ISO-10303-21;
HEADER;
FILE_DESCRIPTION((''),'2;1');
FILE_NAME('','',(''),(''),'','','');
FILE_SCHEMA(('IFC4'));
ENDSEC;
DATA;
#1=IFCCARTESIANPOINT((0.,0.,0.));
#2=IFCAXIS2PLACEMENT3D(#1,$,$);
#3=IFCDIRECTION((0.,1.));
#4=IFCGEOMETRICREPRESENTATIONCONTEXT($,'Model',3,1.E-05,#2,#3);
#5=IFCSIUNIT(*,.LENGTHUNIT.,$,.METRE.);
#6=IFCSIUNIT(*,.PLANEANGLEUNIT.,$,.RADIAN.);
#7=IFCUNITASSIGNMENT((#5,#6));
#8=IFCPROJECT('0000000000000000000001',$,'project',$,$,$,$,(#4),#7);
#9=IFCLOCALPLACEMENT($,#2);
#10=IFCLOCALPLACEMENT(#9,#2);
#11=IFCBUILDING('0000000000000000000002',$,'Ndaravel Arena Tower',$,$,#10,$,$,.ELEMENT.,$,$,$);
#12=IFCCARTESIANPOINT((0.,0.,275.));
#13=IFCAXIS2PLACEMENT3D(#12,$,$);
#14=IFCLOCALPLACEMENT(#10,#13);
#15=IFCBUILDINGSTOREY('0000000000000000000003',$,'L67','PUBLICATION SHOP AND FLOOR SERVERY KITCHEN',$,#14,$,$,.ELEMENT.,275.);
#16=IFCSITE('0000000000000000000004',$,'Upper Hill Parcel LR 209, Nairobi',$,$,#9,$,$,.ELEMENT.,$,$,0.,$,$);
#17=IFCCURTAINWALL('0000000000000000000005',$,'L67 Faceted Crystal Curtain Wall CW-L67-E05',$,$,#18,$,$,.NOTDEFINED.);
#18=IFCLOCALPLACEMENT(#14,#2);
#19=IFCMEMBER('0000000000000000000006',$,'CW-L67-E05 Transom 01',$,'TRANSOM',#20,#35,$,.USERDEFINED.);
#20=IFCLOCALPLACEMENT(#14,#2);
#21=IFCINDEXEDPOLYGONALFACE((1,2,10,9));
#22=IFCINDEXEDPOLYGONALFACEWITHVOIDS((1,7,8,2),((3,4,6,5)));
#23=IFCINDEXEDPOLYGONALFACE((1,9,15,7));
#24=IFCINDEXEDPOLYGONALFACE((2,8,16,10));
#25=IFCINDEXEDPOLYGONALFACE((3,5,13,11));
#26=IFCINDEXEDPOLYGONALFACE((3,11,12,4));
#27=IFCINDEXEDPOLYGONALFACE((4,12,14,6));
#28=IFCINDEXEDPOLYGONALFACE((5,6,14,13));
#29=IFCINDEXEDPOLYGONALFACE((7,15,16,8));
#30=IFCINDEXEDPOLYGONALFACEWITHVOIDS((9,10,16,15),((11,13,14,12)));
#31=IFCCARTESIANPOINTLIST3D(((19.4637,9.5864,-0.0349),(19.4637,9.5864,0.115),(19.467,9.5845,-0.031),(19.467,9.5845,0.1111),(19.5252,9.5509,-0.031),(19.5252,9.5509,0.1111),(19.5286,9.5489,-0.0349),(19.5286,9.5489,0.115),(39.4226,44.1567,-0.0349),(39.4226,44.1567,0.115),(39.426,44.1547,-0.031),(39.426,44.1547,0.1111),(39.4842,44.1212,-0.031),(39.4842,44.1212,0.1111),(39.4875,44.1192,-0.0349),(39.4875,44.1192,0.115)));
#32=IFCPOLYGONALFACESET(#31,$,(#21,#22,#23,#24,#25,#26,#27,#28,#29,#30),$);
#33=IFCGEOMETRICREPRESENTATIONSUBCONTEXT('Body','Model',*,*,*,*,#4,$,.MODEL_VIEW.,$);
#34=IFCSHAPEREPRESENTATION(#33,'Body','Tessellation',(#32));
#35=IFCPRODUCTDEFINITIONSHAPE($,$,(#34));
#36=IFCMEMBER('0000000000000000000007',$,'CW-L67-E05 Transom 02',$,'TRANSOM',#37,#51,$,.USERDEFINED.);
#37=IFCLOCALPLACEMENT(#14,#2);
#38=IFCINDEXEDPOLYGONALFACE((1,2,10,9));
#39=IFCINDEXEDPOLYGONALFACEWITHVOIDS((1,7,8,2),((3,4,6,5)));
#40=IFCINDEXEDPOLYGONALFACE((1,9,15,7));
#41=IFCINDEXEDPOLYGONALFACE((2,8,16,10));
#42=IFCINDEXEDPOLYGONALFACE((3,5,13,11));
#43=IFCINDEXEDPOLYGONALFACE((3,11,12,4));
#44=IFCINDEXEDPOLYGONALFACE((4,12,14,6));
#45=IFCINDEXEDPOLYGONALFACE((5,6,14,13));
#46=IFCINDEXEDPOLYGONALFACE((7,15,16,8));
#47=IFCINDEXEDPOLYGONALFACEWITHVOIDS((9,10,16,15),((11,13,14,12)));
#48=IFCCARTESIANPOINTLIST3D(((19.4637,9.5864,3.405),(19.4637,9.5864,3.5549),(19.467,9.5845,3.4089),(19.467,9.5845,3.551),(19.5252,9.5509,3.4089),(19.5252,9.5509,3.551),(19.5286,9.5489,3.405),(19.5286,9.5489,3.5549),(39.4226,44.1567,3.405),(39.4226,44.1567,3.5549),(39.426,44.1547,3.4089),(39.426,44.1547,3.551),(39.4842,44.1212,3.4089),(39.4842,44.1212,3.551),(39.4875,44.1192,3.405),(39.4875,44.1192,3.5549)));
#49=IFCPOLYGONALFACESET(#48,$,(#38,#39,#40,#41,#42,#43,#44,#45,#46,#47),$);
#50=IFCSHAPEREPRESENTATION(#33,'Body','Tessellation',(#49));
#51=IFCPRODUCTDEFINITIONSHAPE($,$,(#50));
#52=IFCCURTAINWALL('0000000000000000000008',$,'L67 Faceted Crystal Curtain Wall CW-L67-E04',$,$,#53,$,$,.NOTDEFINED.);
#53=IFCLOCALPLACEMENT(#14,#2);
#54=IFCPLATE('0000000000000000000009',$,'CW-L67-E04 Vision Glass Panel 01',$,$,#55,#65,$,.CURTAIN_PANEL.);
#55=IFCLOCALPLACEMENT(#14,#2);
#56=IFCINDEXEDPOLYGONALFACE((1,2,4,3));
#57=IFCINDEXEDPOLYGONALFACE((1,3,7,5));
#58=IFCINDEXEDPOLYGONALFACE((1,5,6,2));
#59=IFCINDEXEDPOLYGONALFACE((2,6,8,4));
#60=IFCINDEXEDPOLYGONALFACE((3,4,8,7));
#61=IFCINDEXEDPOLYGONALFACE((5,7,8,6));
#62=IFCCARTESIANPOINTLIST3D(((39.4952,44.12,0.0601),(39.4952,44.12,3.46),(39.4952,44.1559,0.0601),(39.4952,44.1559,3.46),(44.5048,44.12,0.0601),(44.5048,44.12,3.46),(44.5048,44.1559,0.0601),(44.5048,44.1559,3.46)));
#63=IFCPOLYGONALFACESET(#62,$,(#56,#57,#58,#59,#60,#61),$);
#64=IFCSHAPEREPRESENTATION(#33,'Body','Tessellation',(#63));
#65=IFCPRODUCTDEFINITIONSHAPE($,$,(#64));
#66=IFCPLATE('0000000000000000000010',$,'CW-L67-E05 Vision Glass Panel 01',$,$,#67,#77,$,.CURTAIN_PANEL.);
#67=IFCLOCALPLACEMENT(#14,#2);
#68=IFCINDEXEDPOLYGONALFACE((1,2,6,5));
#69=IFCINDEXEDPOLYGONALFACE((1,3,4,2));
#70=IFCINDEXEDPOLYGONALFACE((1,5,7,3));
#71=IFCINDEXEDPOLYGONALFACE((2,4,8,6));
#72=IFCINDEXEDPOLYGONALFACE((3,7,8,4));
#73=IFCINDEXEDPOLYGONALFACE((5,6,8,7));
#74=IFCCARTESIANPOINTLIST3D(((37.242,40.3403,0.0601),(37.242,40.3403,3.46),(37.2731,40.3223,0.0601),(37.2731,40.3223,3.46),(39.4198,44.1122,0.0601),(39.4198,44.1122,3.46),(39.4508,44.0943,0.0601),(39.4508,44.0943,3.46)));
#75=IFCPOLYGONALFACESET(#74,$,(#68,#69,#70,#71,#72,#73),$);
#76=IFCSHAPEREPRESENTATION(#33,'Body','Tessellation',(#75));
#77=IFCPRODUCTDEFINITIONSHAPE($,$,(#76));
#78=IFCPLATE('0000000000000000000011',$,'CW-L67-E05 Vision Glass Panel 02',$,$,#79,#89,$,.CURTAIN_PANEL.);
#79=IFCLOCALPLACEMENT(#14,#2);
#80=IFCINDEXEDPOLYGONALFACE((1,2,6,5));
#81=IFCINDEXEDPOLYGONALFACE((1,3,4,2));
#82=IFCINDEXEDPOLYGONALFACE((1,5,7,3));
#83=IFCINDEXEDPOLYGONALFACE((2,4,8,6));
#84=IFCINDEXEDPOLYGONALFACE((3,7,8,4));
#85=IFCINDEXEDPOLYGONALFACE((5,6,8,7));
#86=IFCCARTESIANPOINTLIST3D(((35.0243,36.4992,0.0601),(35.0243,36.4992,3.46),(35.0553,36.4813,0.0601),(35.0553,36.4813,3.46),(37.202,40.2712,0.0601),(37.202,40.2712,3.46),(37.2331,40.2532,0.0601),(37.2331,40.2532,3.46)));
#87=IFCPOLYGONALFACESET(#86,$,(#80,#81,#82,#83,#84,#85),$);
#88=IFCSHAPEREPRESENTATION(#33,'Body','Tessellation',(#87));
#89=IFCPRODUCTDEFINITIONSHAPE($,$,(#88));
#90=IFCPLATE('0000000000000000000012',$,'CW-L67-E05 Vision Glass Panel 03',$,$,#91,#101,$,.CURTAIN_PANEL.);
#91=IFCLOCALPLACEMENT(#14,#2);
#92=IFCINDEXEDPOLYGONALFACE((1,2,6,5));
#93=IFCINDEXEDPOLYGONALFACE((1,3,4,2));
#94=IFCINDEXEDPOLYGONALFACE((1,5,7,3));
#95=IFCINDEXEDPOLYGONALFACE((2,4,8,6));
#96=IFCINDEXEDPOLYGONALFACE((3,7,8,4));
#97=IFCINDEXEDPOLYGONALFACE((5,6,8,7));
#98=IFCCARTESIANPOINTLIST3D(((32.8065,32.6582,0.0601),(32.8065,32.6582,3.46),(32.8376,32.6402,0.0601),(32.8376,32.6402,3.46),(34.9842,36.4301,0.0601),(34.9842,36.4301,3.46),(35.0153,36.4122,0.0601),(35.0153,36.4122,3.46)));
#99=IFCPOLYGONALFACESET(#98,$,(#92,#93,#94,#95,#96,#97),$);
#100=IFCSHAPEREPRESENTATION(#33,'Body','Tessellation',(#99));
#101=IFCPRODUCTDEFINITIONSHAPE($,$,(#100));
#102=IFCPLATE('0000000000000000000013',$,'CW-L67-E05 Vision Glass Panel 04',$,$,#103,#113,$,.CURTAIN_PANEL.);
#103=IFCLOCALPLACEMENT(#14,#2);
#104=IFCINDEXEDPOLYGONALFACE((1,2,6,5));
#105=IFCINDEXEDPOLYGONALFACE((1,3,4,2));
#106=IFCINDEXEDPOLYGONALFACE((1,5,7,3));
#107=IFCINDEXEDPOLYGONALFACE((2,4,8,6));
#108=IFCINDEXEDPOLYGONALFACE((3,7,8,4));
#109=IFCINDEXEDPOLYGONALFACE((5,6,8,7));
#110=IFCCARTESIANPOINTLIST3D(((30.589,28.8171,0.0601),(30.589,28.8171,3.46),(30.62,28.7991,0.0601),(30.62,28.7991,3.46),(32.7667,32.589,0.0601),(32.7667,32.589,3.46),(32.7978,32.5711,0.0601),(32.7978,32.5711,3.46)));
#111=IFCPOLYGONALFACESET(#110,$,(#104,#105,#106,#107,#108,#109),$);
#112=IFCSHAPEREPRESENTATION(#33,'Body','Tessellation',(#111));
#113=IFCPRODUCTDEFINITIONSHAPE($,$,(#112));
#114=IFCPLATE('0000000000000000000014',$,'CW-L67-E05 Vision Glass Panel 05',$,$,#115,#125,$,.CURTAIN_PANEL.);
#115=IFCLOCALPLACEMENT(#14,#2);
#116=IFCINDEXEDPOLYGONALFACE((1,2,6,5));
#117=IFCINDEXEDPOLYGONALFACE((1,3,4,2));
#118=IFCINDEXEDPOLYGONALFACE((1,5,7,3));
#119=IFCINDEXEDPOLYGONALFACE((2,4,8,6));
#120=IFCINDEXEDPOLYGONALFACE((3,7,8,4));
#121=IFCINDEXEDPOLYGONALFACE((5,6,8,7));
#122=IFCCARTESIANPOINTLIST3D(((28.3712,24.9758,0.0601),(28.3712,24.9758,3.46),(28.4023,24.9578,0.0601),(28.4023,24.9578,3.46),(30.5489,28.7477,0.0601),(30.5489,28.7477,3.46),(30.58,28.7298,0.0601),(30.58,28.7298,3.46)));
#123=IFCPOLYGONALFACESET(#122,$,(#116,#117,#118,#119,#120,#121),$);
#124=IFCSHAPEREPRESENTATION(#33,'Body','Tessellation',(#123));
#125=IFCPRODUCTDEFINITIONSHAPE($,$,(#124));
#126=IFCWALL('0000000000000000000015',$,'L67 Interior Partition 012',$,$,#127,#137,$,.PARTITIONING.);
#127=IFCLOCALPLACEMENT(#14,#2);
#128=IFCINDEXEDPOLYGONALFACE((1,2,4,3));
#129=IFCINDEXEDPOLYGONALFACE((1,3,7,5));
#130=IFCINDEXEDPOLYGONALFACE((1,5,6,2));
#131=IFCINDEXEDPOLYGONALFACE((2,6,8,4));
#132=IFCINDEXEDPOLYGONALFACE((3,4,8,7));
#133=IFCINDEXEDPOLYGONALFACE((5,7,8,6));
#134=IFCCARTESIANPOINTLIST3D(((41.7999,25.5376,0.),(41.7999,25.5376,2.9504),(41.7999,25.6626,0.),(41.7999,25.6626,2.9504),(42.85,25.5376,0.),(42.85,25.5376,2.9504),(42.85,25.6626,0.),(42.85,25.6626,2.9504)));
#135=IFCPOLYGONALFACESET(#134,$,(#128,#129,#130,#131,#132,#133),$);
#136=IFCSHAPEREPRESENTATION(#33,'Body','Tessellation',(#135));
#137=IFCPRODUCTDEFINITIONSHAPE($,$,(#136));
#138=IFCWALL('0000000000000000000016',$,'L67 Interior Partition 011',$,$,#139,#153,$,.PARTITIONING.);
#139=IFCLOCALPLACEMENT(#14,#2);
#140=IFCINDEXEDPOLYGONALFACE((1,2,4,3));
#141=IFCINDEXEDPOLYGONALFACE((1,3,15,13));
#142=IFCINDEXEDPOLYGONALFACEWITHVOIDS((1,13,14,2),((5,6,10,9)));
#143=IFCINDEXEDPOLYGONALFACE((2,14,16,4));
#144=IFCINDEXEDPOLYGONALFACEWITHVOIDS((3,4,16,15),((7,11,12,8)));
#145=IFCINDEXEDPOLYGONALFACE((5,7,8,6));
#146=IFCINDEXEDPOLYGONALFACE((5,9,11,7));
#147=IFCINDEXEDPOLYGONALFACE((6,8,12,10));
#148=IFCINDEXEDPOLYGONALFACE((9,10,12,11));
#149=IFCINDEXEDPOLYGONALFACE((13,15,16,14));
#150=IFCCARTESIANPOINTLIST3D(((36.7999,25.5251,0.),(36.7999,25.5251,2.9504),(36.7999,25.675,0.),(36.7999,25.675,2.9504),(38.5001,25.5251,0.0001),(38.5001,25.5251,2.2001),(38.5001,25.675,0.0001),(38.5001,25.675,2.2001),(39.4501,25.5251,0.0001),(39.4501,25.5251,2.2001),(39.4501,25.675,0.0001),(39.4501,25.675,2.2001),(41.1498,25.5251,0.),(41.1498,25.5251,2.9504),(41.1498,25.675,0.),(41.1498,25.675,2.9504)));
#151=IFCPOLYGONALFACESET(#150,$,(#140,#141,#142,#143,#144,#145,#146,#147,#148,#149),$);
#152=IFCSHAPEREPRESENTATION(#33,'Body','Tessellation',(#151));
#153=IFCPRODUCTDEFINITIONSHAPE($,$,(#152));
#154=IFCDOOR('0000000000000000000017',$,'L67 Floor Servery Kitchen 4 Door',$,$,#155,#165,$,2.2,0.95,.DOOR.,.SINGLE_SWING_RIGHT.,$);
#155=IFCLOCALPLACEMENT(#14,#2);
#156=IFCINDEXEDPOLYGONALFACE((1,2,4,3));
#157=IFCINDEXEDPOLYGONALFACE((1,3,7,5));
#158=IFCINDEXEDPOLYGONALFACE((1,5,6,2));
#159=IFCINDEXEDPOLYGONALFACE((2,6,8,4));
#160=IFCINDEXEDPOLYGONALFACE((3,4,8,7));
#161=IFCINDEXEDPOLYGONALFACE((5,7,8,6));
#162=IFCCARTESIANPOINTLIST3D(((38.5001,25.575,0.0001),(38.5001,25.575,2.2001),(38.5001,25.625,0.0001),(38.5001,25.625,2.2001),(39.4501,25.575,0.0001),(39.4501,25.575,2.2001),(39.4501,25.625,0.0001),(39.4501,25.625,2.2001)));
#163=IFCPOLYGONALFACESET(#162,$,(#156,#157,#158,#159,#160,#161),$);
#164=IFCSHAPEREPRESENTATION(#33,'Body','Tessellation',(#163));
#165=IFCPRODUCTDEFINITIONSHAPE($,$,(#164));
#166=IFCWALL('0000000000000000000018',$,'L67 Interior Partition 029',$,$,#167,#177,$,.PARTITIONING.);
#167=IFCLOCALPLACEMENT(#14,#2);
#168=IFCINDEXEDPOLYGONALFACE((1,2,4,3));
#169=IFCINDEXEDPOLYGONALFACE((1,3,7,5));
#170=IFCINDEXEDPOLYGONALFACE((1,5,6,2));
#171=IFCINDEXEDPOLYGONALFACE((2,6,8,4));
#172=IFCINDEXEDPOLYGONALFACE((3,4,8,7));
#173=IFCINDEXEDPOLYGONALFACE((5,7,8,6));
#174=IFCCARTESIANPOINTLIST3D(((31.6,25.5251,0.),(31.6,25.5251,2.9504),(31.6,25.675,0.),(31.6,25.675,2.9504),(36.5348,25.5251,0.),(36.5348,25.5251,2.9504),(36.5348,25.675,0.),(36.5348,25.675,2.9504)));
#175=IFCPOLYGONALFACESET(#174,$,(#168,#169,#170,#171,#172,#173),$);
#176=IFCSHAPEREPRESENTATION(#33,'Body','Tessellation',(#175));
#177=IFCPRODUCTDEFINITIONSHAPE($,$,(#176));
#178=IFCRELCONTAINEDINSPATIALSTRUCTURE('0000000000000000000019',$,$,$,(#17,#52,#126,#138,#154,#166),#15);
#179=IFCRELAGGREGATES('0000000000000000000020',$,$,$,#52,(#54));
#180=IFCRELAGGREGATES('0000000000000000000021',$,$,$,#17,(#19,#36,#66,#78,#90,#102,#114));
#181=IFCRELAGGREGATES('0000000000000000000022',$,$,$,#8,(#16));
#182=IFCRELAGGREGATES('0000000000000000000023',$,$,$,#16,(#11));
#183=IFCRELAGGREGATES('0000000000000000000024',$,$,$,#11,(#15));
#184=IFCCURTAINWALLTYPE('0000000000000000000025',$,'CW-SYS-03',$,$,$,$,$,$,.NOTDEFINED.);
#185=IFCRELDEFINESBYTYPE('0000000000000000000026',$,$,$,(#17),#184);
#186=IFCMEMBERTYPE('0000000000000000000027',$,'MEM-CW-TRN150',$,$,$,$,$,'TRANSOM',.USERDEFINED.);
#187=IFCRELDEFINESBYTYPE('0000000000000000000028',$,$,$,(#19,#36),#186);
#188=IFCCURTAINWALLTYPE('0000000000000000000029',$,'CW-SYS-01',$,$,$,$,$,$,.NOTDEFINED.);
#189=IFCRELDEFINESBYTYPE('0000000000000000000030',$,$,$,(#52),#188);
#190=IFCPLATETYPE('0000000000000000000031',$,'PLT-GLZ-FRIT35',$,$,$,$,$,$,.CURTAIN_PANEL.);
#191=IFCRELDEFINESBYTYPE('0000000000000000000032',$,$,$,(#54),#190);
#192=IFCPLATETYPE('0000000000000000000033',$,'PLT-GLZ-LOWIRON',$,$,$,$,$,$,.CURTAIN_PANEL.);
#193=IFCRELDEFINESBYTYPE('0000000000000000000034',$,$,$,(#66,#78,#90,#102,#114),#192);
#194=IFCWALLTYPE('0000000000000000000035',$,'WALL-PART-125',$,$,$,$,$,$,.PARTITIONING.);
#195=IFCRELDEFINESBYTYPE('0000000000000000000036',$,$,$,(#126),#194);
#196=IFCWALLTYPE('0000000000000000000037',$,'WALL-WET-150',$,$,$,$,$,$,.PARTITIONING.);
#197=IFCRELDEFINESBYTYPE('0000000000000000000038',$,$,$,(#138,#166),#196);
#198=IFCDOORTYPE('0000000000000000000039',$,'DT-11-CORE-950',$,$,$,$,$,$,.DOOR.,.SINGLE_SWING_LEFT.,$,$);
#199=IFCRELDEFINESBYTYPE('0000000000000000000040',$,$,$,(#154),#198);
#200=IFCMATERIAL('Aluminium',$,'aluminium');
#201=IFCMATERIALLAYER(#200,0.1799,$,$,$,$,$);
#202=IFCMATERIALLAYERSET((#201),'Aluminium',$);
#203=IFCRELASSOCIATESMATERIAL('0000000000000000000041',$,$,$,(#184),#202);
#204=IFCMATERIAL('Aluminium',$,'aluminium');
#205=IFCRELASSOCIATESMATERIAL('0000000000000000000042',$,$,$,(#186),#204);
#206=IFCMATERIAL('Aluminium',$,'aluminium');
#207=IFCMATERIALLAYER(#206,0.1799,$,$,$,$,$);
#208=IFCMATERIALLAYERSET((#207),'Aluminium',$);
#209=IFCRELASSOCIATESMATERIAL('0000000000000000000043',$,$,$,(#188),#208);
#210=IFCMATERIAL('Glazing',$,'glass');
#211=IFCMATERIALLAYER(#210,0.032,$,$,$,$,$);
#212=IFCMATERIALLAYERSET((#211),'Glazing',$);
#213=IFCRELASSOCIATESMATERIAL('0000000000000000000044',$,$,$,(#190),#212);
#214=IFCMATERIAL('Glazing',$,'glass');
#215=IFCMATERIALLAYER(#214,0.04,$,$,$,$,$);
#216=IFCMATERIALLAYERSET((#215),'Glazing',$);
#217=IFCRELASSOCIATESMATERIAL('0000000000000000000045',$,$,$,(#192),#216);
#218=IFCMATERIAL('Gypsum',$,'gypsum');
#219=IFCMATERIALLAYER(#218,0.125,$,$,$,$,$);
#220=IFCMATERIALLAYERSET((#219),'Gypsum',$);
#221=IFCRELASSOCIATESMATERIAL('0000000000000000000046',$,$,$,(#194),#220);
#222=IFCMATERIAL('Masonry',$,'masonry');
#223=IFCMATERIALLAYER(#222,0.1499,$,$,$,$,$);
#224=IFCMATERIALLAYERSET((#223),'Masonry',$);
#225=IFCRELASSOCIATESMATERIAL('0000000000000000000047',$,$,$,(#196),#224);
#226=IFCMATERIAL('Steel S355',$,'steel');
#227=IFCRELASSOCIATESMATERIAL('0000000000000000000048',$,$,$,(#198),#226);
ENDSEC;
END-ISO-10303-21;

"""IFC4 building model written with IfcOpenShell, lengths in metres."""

from ifc_helpers import new_model, si_unit, direction, frame, frame_2d, origin, origin_2d, place, context, subcontext, project, spatial, rectangle, hollow_rectangle, extrude, material, layer, layer_set, material_profile, profile_set, type_object, element, fill, aggregate, save


model = new_model("IFC4")

# Units and contexts
model_context = context("Model", 3, precision=1e-05, world=origin(), true_north=direction((0.0, 1.0)))
body_context = subcontext(model_context, "Body", "Model", "MODEL_VIEW")
ifc_project = project(units=[si_unit("LENGTHUNIT", "METRE"), si_unit("PLANEANGLEUNIT", "RADIAN")], contexts=[model_context])

# Site, building, storey
site_placement = place(None, origin())
site = spatial("IfcSite", under=ifc_project, at=site_placement, Name="Upper Hill Parcel LR 209, Nairobi", CompositionType="ELEMENT", RefElevation=0.0)
building_placement = place(site_placement, origin())
building = spatial("IfcBuilding", under=site, at=building_placement, Name="Ndaravel Arena Tower", CompositionType="ELEMENT")
storey_placement = place(building_placement, frame((0.0, 0.0, 275.0)))
storey = spatial("IfcBuildingStorey", under=building, at=storey_placement, Name="L67", Description="PUBLICATION SHOP AND FLOOR SERVERY KITCHEN", CompositionType="ELEMENT", Elevation=275.0)

# Curtain wall, members
ifc_material_1 = material(Name="Aluminium", Category="aluminium")
ifc_layer_1 = layer(ifc_material_1, 0.1799)
ifc_layer_set_1 = layer_set([ifc_layer_1], Name="Aluminium")
curtain_wall_type_1 = type_object("IfcCurtainWallType", Name="CW-SYS-03", PredefinedType="NOTDEFINED", material=ifc_layer_set_1)
curtain_wall_1_placement = place(storey_placement, origin())
curtain_wall_1 = element("IfcCurtainWall", 1, at=curtain_wall_1_placement, inside=storey, type_object=curtain_wall_type_1, Name="L67 Faceted Crystal Curtain Wall CW-L67-E05", PredefinedType="NOTDEFINED")
ifc_material_2 = material(Name="Aluminium", Category="aluminium")
ifc_material_profile_1 = material_profile(ifc_material_2, hollow_rectangle(XDim=0.075, YDim=0.1499, WallThickness=0.0039, at=origin_2d()), Name="CW TRANSOM 75x150x4")
ifc_profile_set_1 = profile_set([ifc_material_profile_1], Name="Aluminium")
member_type_1 = type_object("IfcMemberType", Name="MEM-CW-TRN150", ElementType="TRANSOM", PredefinedType="USERDEFINED", material=ifc_profile_set_1)
member_1_placement = place(storey_placement, frame((39.4551, 44.1379, 0.04), z_axis=(-0.499996, -0.866028, 0.0), x_axis=(0.866028, -0.499996, 0.0)))
member_1 = element("IfcMember", 2, at=member_1_placement, type_object=member_type_1, Name="CW-L67-E05 Transom 01", ObjectType="TRANSOM", PredefinedType="USERDEFINED", context=body_context, shape_type="SweptSolid", body=[
    extrude(hollow_rectangle(XDim=0.075, YDim=0.1499, WallThickness=0.0039, at=origin_2d()), origin(), (0.0, 0.0, 1.0), 39.9182),
])
member_2_placement = place(storey_placement, frame((39.4551, 44.1379, 3.48), z_axis=(-0.499996, -0.866028, 0.0), x_axis=(0.866028, -0.499996, 0.0)))
member_2 = element("IfcMember", 3, at=member_2_placement, type_object=member_type_1, Name="CW-L67-E05 Transom 02", ObjectType="TRANSOM", PredefinedType="USERDEFINED", context=body_context, shape_type="SweptSolid", body=[
    extrude(hollow_rectangle(XDim=0.075, YDim=0.1499, WallThickness=0.0039, at=origin_2d()), origin(), (0.0, 0.0, 1.0), 39.9182),
])

# Curtain wall, plate
ifc_material_3 = material(Name="Aluminium", Category="aluminium")
ifc_layer_2 = layer(ifc_material_3, 0.1799)
ifc_layer_set_2 = layer_set([ifc_layer_2], Name="Aluminium")
curtain_wall_type_2 = type_object("IfcCurtainWallType", Name="CW-SYS-01", PredefinedType="NOTDEFINED", material=ifc_layer_set_2)
curtain_wall_2_placement = place(storey_placement, origin())
curtain_wall_2 = element("IfcCurtainWall", 4, at=curtain_wall_2_placement, inside=storey, type_object=curtain_wall_type_2, Name="L67 Faceted Crystal Curtain Wall CW-L67-E04", PredefinedType="NOTDEFINED")
ifc_material_4 = material(Name="Glazing", Category="glass")
ifc_layer_3 = layer(ifc_material_4, 0.032)
ifc_layer_set_3 = layer_set([ifc_layer_3], Name="Glazing")
plate_type_1 = type_object("IfcPlateType", Name="PLT-GLZ-FRIT35", PredefinedType="CURTAIN_PANEL", material=ifc_layer_set_3)
plate_1_placement = place(storey_placement, frame((42.0, 44.1379, 0.0601), z_axis=(0.0, 0.0, 1.0), x_axis=(-1.0, 0.0, 0.0)))
plate_1 = element("IfcPlate", 5, at=plate_1_placement, type_object=plate_type_1, Name="CW-L67-E04 Vision Glass Panel 01", PredefinedType="CURTAIN_PANEL", context=body_context, shape_type="SweptSolid", body=[
    extrude(rectangle(XDim=5.0095, YDim=0.0359, at=origin_2d()), origin(), (0.0, 0.0, 1.0), 3.3999),
])
aggregate(curtain_wall_2, [plate_1])

# Plates
ifc_material_5 = material(Name="Glazing", Category="glass")
ifc_layer_4 = layer(ifc_material_5, 0.04)
ifc_layer_set_4 = layer_set([ifc_layer_4], Name="Glazing")
plate_type_2 = type_object("IfcPlateType", Name="PLT-GLZ-LOWIRON", PredefinedType="CURTAIN_PANEL", material=ifc_layer_set_4)
plate_2_placement = place(storey_placement, frame((38.3464, 42.2173, 0.0601), z_axis=(0.0, 0.0, 1.0), x_axis=(-0.5, -0.866025, 0.0)))
plate_2 = element("IfcPlate", 6, at=plate_2_placement, type_object=plate_type_2, Name="CW-L67-E05 Vision Glass Panel 01", PredefinedType="CURTAIN_PANEL", context=body_context, shape_type="SweptSolid", body=[
    extrude(rectangle(XDim=4.3555, YDim=0.0359, at=origin_2d()), origin(), (0.0, 0.0, 1.0), 3.3999),
])
plate_3_placement = place(storey_placement, frame((36.1287, 38.3762, 0.0601), z_axis=(0.0, 0.0, 1.0), x_axis=(-0.5, -0.866025, 0.0)))
plate_3 = element("IfcPlate", 7, at=plate_3_placement, type_object=plate_type_2, Name="CW-L67-E05 Vision Glass Panel 02", PredefinedType="CURTAIN_PANEL", context=body_context, shape_type="SweptSolid", body=[
    extrude(rectangle(XDim=4.3555, YDim=0.0359, at=origin_2d()), origin(), (0.0, 0.0, 1.0), 3.3999),
])
plate_4_placement = place(storey_placement, frame((33.9109, 34.5352, 0.0601), z_axis=(0.0, 0.0, 1.0), x_axis=(-0.5, -0.866025, 0.0)))
plate_4 = element("IfcPlate", 8, at=plate_4_placement, type_object=plate_type_2, Name="CW-L67-E05 Vision Glass Panel 03", PredefinedType="CURTAIN_PANEL", context=body_context, shape_type="SweptSolid", body=[
    extrude(rectangle(XDim=4.3555, YDim=0.0359, at=origin_2d()), origin(), (0.0, 0.0, 1.0), 3.3999),
])
plate_5_placement = place(storey_placement, frame((31.6934, 30.6941, 0.0601), z_axis=(0.0, 0.0, 1.0), x_axis=(-0.5, -0.866025, 0.0)))
plate_5 = element("IfcPlate", 9, at=plate_5_placement, type_object=plate_type_2, Name="CW-L67-E05 Vision Glass Panel 04", PredefinedType="CURTAIN_PANEL", context=body_context, shape_type="SweptSolid", body=[
    extrude(rectangle(XDim=4.3555, YDim=0.0359, at=origin_2d()), origin(), (0.0, 0.0, 1.0), 3.3999),
])
plate_6_placement = place(storey_placement, frame((29.4756, 26.8528, 0.0601), z_axis=(0.0, 0.0, 1.0), x_axis=(-0.5, -0.866025, 0.0)))
plate_6 = element("IfcPlate", 10, at=plate_6_placement, type_object=plate_type_2, Name="CW-L67-E05 Vision Glass Panel 05", PredefinedType="CURTAIN_PANEL", context=body_context, shape_type="SweptSolid", body=[
    extrude(rectangle(XDim=4.3555, YDim=0.0359, at=origin_2d()), origin(), (0.0, 0.0, 1.0), 3.3999),
])
aggregate(curtain_wall_1, [member_1, member_2, plate_2, plate_3, plate_4, plate_5, plate_6])

# Wall
ifc_material_6 = material(Name="Gypsum", Category="gypsum")
ifc_layer_5 = layer(ifc_material_6, 0.125)
ifc_layer_set_5 = layer_set([ifc_layer_5], Name="Gypsum")
wall_type_1 = type_object("IfcWallType", Name="WALL-PART-125", PredefinedType="PARTITIONING", material=ifc_layer_set_5)
wall_1_placement = place(storey_placement, frame((41.8, 25.6001, 0.0), z_axis=(0.0, 0.0, 1.0), x_axis=(1.0, 0.0, 0.0)))
element("IfcWall", 11, at=wall_1_placement, inside=storey, type_object=wall_type_1, Name="L67 Interior Partition 012", PredefinedType="PARTITIONING", context=body_context, shape_type="SweptSolid", body=[
    extrude(rectangle(XDim=1.05, YDim=0.125, at=frame_2d((0.5249, 0.0))), origin(), (0.0, 0.0, 1.0), 2.9504),
])

# Wall, opening, door
ifc_material_7 = material(Name="Masonry", Category="masonry")
ifc_layer_6 = layer(ifc_material_7, 0.1499)
ifc_layer_set_6 = layer_set([ifc_layer_6], Name="Masonry")
wall_type_2 = type_object("IfcWallType", Name="WALL-WET-150", PredefinedType="PARTITIONING", material=ifc_layer_set_6)
wall_2_placement = place(storey_placement, frame((36.8, 25.6001, 0.0), z_axis=(0.0, 0.0, 1.0), x_axis=(1.0, 0.0, 0.0)))
wall_2 = element("IfcWall", 12, at=wall_2_placement, inside=storey, type_object=wall_type_2, Name="L67 Interior Partition 011", PredefinedType="PARTITIONING", context=body_context, shape_type="SweptSolid", body=[
    extrude(rectangle(XDim=4.3499, YDim=0.1499, at=frame_2d((2.1748, 0.0))), origin(), (0.0, 0.0, 1.0), 2.9504),
])
opening_placement = place(wall_2_placement, frame((1.7, 0.0, 0.0)))
opening = element("IfcOpeningElement", 13, at=opening_placement, cuts=wall_2, PredefinedType="OPENING", context=body_context, shape_type="SweptSolid", body=[
    extrude(rectangle(XDim=0.95, YDim=2.2, at=frame_2d((0.4751, 1.1001))), frame((0.0, 0.075, 0.0), z_axis=(0.0, -1.0, 0.0), x_axis=(1.0, 0.0, 0.0)), (0.0, 0.0, 1.0), 0.1499),
])
ifc_material_8 = material(Name="Steel S355", Category="steel")
door_type = type_object("IfcDoorType", Name="DT-11-CORE-950", OperationType="SINGLE_SWING_LEFT", PredefinedType="DOOR", material=ifc_material_8)
door_placement = place(opening_placement, origin())
door = element("IfcDoor", 14, at=door_placement, inside=storey, type_object=door_type, Name="L67 Floor Servery Kitchen 4 Door", OperationType="SINGLE_SWING_RIGHT", OverallHeight=2.2, OverallWidth=0.95, PredefinedType="DOOR", context=body_context, shape_type="SweptSolid", body=[
    extrude(rectangle(XDim=0.95, YDim=2.2, at=frame_2d((0.4751, 1.1001))), frame((0.0, 0.0249, 0.0), z_axis=(0.0, -1.0, 0.0), x_axis=(1.0, 0.0, 0.0)), (0.0, 0.0, 1.0), 0.05),
])
fill(opening, door)

# Wall
wall_3_placement = place(storey_placement, frame((31.6001, 25.6001, 0.0), z_axis=(0.0, 0.0, 1.0), x_axis=(1.0, 0.0, 0.0)))
element("IfcWall", 15, at=wall_3_placement, inside=storey, type_object=wall_type_2, Name="L67 Interior Partition 029", PredefinedType="PARTITIONING", context=body_context, shape_type="SweptSolid", body=[
    extrude(rectangle(XDim=4.9348, YDim=0.1499, at=frame_2d((2.4673, 0.0))), origin(), (0.0, 0.0, 1.0), 2.9504),
])

save(model, "model.ifc")
